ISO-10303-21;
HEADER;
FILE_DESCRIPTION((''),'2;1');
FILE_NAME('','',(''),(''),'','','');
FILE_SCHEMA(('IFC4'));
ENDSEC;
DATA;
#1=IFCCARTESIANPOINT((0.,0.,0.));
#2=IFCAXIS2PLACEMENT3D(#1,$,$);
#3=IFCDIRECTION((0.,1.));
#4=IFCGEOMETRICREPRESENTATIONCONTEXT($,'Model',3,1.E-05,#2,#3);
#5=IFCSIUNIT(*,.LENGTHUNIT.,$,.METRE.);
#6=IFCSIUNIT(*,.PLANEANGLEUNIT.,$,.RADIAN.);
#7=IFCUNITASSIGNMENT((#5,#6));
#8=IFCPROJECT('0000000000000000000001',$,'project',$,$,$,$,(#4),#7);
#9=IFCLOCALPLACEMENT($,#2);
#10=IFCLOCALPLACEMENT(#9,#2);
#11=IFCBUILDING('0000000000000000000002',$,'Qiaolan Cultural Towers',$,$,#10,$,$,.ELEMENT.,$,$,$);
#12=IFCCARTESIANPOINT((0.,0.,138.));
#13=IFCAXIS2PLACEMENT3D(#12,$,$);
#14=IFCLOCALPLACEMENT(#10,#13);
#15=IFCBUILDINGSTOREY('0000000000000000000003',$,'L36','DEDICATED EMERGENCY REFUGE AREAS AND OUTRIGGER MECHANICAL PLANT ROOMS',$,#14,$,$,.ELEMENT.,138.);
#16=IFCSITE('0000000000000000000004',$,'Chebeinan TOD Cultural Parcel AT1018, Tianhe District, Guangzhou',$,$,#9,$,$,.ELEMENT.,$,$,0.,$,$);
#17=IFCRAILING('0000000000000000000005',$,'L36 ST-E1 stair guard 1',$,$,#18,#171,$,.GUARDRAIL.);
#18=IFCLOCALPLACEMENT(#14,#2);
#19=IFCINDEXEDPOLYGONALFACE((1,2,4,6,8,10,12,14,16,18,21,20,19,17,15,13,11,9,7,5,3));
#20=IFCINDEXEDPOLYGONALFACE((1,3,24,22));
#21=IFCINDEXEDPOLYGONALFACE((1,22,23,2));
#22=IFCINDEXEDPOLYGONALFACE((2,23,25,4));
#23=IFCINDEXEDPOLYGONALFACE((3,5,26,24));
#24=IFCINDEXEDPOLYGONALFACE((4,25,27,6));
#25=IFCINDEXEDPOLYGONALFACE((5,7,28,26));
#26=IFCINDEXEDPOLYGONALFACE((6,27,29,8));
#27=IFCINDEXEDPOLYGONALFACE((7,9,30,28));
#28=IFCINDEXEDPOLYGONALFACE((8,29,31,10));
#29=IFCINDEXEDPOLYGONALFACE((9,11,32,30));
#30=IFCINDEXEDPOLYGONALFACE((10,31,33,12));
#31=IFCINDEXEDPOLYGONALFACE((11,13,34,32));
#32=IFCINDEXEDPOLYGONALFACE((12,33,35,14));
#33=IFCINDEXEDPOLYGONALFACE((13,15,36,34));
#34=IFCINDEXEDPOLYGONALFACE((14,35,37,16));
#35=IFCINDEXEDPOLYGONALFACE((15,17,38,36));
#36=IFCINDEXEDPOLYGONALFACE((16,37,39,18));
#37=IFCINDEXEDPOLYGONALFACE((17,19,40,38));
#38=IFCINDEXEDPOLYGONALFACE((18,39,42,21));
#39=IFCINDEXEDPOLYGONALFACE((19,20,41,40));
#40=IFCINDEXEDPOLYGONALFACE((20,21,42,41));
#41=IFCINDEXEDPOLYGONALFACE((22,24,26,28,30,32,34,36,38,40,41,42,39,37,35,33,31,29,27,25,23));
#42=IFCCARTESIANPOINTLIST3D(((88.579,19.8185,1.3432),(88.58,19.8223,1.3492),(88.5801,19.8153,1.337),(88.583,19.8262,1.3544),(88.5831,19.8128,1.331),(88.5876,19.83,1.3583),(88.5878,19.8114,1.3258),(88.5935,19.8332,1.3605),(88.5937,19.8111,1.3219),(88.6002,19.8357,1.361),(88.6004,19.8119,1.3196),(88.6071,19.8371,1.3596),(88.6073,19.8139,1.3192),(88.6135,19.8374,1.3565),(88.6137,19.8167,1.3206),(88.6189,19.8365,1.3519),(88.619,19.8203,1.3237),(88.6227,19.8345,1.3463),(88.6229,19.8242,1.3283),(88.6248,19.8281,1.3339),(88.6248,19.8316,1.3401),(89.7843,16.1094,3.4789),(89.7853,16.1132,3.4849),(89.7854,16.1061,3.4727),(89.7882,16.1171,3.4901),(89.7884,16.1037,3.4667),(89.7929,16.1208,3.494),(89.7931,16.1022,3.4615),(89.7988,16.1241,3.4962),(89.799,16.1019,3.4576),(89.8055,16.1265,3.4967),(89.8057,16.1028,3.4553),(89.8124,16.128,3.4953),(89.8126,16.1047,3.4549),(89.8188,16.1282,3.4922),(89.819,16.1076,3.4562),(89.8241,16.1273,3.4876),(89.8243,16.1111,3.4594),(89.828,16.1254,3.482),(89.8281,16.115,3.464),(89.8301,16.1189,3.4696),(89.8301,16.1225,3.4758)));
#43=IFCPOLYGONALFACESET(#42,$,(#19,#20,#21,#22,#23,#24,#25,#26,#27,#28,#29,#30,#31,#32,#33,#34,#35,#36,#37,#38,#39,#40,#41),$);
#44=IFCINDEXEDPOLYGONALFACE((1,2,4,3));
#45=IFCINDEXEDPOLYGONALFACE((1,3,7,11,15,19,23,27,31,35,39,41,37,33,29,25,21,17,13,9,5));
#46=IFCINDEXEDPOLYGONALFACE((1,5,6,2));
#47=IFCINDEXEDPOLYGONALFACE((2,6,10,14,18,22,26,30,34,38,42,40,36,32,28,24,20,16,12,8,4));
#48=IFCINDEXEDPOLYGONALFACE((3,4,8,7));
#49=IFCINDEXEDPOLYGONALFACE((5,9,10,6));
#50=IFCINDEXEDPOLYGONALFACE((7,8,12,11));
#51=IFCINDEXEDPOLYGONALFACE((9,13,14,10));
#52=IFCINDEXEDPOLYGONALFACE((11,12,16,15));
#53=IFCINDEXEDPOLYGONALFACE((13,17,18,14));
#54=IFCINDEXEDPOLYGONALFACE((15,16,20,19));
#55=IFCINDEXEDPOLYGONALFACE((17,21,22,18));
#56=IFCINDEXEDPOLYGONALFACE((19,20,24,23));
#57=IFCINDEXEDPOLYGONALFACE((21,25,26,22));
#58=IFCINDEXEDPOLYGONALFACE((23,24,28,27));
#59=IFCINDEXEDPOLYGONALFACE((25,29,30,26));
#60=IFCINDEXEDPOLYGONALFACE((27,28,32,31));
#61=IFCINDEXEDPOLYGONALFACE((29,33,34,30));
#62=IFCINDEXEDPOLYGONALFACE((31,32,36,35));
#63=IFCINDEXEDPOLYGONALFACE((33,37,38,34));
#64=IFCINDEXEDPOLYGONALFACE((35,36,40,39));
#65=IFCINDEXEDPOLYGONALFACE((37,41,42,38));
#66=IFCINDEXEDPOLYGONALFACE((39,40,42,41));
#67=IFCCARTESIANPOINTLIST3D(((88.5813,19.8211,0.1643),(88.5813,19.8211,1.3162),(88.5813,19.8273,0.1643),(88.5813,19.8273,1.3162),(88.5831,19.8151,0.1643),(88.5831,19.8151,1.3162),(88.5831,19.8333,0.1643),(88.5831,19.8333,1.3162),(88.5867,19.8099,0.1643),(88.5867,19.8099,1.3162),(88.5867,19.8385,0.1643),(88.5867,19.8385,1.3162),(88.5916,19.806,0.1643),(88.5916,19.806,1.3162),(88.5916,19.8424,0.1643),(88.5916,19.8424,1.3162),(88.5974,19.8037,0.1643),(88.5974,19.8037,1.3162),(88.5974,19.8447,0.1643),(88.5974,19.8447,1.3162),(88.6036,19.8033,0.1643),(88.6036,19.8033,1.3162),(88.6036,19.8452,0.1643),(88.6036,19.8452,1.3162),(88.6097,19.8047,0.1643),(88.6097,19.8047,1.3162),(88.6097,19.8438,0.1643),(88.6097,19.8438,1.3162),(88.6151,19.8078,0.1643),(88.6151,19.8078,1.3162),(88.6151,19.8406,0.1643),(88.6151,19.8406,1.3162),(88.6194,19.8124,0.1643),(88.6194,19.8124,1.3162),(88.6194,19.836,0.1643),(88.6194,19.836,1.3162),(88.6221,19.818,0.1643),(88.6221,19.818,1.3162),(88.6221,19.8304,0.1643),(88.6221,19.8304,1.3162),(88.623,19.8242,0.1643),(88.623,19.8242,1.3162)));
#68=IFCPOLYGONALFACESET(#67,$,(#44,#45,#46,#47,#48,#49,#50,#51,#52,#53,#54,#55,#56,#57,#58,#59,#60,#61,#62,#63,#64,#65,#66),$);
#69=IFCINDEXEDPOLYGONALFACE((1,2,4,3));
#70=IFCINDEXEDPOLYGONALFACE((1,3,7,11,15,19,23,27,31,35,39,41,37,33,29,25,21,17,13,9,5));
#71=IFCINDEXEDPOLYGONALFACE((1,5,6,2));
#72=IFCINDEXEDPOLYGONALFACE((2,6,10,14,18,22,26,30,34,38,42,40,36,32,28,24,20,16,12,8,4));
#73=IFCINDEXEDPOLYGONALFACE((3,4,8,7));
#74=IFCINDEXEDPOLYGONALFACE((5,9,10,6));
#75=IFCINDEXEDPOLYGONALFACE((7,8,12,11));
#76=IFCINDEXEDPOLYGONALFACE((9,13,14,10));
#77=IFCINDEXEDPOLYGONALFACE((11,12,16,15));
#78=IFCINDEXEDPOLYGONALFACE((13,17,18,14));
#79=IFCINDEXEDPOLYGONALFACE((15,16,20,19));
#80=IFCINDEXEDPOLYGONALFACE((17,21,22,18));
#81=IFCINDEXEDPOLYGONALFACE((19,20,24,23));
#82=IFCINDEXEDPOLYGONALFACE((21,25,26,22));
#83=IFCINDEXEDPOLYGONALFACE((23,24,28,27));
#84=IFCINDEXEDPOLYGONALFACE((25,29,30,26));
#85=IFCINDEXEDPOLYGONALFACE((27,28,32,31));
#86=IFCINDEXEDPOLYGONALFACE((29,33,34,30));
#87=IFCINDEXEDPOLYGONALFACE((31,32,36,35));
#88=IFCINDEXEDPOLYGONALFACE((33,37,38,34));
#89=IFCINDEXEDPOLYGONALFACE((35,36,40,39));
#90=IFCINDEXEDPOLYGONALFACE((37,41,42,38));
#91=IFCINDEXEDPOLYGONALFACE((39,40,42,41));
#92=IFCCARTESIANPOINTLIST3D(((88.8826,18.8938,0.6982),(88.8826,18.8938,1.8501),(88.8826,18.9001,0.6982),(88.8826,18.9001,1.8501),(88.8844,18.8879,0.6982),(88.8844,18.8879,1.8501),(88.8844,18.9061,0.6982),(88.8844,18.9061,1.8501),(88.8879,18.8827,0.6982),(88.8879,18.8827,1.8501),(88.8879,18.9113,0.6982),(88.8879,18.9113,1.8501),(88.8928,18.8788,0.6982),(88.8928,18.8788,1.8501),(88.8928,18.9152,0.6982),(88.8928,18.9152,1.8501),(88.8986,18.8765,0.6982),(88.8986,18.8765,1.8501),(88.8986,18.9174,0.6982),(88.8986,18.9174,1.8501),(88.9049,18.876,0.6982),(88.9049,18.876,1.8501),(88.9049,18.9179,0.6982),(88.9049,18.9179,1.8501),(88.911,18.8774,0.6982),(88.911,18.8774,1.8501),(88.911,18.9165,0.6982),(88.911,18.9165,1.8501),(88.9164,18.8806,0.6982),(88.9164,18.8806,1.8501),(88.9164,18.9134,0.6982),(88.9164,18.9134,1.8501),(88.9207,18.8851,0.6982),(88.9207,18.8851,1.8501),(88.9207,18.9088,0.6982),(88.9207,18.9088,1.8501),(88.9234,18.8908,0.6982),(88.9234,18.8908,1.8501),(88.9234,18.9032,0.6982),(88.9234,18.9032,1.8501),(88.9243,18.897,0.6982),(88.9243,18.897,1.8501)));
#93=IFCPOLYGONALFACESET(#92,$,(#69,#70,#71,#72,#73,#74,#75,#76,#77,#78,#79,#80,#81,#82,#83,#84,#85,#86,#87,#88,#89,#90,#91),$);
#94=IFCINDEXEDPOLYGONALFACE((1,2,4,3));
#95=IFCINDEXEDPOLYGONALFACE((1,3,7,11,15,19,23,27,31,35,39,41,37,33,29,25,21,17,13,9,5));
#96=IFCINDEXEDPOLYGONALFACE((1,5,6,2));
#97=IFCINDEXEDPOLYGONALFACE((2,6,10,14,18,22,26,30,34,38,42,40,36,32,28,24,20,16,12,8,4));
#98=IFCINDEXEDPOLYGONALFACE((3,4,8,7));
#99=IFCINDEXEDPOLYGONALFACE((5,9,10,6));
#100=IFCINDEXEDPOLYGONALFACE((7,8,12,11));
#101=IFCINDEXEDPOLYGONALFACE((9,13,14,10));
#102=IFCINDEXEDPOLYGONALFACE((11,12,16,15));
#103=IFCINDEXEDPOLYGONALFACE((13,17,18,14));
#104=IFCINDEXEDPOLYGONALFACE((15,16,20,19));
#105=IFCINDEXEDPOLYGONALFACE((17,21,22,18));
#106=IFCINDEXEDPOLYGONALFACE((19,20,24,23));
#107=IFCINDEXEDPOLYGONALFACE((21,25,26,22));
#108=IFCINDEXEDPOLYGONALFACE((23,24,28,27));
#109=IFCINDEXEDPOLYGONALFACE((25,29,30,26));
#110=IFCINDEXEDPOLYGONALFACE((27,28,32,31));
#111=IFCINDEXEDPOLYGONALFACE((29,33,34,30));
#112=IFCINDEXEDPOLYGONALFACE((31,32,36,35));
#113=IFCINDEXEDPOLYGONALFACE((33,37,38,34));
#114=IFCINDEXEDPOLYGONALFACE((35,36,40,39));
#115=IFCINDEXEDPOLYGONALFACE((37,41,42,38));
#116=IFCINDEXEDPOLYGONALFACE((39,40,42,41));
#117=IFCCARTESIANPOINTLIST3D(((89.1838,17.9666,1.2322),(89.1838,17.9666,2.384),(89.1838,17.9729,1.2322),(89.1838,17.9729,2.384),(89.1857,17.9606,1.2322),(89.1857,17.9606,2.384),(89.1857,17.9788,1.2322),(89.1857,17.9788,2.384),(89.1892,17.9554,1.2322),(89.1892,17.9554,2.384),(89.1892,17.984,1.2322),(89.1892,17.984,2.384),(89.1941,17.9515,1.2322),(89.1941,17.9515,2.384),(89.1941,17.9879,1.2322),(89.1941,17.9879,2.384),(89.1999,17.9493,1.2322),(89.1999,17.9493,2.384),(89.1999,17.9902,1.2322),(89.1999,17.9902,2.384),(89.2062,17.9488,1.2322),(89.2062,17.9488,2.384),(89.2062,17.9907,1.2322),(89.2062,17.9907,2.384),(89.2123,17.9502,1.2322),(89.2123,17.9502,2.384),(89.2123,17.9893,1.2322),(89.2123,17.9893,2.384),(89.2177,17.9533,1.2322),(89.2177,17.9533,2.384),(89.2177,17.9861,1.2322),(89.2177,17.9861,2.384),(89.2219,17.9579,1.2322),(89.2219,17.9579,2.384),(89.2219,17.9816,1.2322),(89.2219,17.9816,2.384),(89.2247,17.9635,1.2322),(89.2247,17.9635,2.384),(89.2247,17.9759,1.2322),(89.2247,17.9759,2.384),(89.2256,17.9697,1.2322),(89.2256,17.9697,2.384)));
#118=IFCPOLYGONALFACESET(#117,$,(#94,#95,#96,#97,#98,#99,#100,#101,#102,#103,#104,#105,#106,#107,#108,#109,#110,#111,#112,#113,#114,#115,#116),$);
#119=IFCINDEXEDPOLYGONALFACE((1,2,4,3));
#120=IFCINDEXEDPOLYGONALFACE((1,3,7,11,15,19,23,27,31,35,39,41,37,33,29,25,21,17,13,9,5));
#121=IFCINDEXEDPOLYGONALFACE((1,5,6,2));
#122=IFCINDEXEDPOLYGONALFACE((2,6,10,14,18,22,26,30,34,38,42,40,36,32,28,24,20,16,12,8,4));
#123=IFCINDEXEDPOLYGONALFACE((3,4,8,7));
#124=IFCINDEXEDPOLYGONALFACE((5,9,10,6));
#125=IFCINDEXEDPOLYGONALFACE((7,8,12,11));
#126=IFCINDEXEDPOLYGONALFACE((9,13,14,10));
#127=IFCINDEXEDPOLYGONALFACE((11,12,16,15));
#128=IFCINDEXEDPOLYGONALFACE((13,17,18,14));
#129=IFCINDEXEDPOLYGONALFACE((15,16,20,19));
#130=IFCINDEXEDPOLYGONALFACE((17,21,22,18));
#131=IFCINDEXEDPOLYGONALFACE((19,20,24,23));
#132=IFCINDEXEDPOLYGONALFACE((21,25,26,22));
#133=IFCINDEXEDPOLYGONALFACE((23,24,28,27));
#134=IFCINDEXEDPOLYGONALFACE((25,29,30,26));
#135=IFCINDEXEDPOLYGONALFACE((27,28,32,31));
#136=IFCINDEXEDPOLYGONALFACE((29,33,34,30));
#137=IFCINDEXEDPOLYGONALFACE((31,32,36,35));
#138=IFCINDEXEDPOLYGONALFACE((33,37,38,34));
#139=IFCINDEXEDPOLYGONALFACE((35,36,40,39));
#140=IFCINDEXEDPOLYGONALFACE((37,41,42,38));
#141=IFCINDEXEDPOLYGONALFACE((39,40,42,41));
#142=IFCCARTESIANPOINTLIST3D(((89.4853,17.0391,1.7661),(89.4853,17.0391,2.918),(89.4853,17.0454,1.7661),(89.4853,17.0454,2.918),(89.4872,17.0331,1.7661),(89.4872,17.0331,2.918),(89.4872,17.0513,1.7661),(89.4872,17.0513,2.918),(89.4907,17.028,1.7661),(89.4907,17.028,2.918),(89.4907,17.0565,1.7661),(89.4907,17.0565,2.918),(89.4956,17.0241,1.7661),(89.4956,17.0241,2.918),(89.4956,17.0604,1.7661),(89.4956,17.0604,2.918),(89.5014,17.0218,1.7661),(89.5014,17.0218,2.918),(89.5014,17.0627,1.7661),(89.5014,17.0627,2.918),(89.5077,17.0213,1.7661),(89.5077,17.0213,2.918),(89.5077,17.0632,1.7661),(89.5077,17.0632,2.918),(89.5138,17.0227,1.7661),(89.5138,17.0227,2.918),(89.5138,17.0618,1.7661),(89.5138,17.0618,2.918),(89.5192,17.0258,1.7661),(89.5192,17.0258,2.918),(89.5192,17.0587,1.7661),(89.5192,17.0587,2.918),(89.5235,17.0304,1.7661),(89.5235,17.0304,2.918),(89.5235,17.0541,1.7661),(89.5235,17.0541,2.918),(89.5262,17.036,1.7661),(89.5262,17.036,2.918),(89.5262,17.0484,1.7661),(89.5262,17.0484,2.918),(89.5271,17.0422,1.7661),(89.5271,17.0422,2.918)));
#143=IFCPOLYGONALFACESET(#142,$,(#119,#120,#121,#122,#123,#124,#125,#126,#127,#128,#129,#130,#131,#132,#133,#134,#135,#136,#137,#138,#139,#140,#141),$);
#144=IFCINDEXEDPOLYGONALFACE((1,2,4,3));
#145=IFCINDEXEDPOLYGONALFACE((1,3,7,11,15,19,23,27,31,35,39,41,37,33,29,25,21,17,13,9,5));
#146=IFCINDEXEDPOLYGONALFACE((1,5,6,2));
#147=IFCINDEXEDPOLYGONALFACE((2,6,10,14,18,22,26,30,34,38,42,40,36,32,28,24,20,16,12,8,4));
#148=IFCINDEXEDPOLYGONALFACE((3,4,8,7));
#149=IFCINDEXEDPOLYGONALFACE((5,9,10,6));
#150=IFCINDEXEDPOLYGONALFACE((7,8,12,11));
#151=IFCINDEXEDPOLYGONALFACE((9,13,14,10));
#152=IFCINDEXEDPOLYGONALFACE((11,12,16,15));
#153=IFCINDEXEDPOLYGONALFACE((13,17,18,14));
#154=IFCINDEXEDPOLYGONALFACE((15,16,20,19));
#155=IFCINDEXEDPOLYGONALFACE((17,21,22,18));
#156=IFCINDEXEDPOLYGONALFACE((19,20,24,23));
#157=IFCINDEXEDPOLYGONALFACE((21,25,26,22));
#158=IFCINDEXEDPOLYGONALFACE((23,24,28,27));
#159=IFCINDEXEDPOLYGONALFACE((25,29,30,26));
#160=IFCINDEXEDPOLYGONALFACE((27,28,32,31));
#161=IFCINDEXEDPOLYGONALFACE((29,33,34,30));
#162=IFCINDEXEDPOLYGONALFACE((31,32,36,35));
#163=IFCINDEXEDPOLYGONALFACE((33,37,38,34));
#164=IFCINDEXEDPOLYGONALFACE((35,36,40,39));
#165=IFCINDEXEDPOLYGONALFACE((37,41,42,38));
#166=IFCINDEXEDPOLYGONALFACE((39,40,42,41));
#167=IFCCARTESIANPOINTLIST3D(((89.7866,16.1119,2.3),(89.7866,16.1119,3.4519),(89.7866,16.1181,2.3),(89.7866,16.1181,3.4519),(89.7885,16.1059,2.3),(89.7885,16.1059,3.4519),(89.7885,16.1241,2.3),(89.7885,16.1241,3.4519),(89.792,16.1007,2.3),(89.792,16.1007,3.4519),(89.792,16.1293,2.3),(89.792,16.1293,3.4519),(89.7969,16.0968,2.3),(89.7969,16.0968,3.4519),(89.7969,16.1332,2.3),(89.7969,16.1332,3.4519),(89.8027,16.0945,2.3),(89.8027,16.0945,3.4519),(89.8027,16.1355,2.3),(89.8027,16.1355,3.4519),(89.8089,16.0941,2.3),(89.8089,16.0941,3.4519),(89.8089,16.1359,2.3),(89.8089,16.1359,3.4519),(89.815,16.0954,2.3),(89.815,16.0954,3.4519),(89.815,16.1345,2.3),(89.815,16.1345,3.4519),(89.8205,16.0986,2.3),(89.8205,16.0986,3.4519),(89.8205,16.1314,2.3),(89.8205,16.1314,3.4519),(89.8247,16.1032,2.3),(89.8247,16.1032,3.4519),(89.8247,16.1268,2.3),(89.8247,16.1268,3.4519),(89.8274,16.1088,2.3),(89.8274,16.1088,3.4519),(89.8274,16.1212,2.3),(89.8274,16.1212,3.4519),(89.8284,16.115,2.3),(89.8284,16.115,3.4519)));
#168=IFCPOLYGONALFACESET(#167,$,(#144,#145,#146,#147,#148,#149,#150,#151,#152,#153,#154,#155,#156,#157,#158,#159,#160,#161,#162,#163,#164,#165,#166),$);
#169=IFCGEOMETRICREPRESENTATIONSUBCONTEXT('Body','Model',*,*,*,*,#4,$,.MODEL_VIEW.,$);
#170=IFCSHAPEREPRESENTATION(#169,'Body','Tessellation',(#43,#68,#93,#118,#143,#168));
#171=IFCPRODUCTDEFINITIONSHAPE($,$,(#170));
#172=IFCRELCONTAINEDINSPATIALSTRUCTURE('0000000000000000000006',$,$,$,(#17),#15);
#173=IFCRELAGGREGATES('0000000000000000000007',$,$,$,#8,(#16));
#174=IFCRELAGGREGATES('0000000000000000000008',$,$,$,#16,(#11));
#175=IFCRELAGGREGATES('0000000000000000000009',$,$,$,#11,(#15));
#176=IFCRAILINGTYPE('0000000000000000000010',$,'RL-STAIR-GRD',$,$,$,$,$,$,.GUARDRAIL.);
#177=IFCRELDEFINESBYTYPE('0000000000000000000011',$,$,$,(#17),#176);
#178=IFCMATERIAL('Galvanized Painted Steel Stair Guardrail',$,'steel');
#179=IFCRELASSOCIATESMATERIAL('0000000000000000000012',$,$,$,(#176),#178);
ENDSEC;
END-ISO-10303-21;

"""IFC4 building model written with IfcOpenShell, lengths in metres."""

from ifc_helpers import new_model, si_unit, direction, frame, origin, origin_2d, place, context, subcontext, project, spatial, circle, extrude, material, type_object, element, save


model = new_model("IFC4")

# Units and contexts
model_context = context("Model", 3, precision=1e-05, world=origin(), true_north=direction((0.0, 1.0)))
body_context = subcontext(model_context, "Body", "Model", "MODEL_VIEW")
ifc_project = project(units=[si_unit("LENGTHUNIT", "METRE"), si_unit("PLANEANGLEUNIT", "RADIAN")], contexts=[model_context])

# Site, building, storey
site_placement = place(None, origin())
site = spatial("IfcSite", under=ifc_project, at=site_placement, Name="Chebeinan TOD Cultural Parcel AT1018, Tianhe District, Guangzhou", CompositionType="ELEMENT", RefElevation=0.0)
building_placement = place(site_placement, origin())
building = spatial("IfcBuilding", under=site, at=building_placement, Name="Qiaolan Cultural Towers", CompositionType="ELEMENT")
storey_placement = place(building_placement, frame((0.0, 0.0, 138.0)))
storey = spatial("IfcBuildingStorey", under=building, at=storey_placement, Name="L36", Description="DEDICATED EMERGENCY REFUGE AREAS AND OUTRIGGER MECHANICAL PLANT ROOMS", CompositionType="ELEMENT", Elevation=138.0)

# Railing
ifc_material_1 = material(Name="Galvanized Painted Steel Stair Guardrail", Category="steel")
railing_type_1 = type_object("IfcRailingType", Name="RL-STAIR-GRD", PredefinedType="GUARDRAIL", material=ifc_material_1)
railing_1_placement = place(storey_placement, frame((88.6021, 19.8242, 0.1643)))
element("IfcRailing", 1, at=railing_1_placement, inside=storey, type_object=railing_type_1, Name="L36 ST-E1 stair guard 1", PredefinedType="GUARDRAIL", context=body_context, shape_type="SweptSolid", body=[
    extrude(circle(Radius=0.0239, at=origin_2d()), frame((0.0, 0.0, 1.1758), z_axis=(0.271064, -0.834165, 0.480305), x_axis=(0.951047, 0.309045, 0.0)), (0.0, 0.0, 1.0), 4.4465),
    extrude(circle(Radius=0.021, at=origin_2d()), origin(), (0.0, 0.0, 1.0), 1.1519),
    extrude(circle(Radius=0.021, at=origin_2d()), frame((0.3013, -0.9272, 0.5339)), (0.0, 0.0, 1.0), 1.1519),
    extrude(circle(Radius=0.021, at=origin_2d()), frame((0.6025, -1.8545, 1.0679)), (0.0, 0.0, 1.0), 1.1519),
    extrude(circle(Radius=0.021, at=origin_2d()), frame((0.9041, -2.782, 1.6018)), (0.0, 0.0, 1.0), 1.1519),
    extrude(circle(Radius=0.021, at=origin_2d()), frame((1.2053, -3.7092, 2.1357)), (0.0, 0.0, 1.0), 1.1519),
])

save(model, "model.ifc")
